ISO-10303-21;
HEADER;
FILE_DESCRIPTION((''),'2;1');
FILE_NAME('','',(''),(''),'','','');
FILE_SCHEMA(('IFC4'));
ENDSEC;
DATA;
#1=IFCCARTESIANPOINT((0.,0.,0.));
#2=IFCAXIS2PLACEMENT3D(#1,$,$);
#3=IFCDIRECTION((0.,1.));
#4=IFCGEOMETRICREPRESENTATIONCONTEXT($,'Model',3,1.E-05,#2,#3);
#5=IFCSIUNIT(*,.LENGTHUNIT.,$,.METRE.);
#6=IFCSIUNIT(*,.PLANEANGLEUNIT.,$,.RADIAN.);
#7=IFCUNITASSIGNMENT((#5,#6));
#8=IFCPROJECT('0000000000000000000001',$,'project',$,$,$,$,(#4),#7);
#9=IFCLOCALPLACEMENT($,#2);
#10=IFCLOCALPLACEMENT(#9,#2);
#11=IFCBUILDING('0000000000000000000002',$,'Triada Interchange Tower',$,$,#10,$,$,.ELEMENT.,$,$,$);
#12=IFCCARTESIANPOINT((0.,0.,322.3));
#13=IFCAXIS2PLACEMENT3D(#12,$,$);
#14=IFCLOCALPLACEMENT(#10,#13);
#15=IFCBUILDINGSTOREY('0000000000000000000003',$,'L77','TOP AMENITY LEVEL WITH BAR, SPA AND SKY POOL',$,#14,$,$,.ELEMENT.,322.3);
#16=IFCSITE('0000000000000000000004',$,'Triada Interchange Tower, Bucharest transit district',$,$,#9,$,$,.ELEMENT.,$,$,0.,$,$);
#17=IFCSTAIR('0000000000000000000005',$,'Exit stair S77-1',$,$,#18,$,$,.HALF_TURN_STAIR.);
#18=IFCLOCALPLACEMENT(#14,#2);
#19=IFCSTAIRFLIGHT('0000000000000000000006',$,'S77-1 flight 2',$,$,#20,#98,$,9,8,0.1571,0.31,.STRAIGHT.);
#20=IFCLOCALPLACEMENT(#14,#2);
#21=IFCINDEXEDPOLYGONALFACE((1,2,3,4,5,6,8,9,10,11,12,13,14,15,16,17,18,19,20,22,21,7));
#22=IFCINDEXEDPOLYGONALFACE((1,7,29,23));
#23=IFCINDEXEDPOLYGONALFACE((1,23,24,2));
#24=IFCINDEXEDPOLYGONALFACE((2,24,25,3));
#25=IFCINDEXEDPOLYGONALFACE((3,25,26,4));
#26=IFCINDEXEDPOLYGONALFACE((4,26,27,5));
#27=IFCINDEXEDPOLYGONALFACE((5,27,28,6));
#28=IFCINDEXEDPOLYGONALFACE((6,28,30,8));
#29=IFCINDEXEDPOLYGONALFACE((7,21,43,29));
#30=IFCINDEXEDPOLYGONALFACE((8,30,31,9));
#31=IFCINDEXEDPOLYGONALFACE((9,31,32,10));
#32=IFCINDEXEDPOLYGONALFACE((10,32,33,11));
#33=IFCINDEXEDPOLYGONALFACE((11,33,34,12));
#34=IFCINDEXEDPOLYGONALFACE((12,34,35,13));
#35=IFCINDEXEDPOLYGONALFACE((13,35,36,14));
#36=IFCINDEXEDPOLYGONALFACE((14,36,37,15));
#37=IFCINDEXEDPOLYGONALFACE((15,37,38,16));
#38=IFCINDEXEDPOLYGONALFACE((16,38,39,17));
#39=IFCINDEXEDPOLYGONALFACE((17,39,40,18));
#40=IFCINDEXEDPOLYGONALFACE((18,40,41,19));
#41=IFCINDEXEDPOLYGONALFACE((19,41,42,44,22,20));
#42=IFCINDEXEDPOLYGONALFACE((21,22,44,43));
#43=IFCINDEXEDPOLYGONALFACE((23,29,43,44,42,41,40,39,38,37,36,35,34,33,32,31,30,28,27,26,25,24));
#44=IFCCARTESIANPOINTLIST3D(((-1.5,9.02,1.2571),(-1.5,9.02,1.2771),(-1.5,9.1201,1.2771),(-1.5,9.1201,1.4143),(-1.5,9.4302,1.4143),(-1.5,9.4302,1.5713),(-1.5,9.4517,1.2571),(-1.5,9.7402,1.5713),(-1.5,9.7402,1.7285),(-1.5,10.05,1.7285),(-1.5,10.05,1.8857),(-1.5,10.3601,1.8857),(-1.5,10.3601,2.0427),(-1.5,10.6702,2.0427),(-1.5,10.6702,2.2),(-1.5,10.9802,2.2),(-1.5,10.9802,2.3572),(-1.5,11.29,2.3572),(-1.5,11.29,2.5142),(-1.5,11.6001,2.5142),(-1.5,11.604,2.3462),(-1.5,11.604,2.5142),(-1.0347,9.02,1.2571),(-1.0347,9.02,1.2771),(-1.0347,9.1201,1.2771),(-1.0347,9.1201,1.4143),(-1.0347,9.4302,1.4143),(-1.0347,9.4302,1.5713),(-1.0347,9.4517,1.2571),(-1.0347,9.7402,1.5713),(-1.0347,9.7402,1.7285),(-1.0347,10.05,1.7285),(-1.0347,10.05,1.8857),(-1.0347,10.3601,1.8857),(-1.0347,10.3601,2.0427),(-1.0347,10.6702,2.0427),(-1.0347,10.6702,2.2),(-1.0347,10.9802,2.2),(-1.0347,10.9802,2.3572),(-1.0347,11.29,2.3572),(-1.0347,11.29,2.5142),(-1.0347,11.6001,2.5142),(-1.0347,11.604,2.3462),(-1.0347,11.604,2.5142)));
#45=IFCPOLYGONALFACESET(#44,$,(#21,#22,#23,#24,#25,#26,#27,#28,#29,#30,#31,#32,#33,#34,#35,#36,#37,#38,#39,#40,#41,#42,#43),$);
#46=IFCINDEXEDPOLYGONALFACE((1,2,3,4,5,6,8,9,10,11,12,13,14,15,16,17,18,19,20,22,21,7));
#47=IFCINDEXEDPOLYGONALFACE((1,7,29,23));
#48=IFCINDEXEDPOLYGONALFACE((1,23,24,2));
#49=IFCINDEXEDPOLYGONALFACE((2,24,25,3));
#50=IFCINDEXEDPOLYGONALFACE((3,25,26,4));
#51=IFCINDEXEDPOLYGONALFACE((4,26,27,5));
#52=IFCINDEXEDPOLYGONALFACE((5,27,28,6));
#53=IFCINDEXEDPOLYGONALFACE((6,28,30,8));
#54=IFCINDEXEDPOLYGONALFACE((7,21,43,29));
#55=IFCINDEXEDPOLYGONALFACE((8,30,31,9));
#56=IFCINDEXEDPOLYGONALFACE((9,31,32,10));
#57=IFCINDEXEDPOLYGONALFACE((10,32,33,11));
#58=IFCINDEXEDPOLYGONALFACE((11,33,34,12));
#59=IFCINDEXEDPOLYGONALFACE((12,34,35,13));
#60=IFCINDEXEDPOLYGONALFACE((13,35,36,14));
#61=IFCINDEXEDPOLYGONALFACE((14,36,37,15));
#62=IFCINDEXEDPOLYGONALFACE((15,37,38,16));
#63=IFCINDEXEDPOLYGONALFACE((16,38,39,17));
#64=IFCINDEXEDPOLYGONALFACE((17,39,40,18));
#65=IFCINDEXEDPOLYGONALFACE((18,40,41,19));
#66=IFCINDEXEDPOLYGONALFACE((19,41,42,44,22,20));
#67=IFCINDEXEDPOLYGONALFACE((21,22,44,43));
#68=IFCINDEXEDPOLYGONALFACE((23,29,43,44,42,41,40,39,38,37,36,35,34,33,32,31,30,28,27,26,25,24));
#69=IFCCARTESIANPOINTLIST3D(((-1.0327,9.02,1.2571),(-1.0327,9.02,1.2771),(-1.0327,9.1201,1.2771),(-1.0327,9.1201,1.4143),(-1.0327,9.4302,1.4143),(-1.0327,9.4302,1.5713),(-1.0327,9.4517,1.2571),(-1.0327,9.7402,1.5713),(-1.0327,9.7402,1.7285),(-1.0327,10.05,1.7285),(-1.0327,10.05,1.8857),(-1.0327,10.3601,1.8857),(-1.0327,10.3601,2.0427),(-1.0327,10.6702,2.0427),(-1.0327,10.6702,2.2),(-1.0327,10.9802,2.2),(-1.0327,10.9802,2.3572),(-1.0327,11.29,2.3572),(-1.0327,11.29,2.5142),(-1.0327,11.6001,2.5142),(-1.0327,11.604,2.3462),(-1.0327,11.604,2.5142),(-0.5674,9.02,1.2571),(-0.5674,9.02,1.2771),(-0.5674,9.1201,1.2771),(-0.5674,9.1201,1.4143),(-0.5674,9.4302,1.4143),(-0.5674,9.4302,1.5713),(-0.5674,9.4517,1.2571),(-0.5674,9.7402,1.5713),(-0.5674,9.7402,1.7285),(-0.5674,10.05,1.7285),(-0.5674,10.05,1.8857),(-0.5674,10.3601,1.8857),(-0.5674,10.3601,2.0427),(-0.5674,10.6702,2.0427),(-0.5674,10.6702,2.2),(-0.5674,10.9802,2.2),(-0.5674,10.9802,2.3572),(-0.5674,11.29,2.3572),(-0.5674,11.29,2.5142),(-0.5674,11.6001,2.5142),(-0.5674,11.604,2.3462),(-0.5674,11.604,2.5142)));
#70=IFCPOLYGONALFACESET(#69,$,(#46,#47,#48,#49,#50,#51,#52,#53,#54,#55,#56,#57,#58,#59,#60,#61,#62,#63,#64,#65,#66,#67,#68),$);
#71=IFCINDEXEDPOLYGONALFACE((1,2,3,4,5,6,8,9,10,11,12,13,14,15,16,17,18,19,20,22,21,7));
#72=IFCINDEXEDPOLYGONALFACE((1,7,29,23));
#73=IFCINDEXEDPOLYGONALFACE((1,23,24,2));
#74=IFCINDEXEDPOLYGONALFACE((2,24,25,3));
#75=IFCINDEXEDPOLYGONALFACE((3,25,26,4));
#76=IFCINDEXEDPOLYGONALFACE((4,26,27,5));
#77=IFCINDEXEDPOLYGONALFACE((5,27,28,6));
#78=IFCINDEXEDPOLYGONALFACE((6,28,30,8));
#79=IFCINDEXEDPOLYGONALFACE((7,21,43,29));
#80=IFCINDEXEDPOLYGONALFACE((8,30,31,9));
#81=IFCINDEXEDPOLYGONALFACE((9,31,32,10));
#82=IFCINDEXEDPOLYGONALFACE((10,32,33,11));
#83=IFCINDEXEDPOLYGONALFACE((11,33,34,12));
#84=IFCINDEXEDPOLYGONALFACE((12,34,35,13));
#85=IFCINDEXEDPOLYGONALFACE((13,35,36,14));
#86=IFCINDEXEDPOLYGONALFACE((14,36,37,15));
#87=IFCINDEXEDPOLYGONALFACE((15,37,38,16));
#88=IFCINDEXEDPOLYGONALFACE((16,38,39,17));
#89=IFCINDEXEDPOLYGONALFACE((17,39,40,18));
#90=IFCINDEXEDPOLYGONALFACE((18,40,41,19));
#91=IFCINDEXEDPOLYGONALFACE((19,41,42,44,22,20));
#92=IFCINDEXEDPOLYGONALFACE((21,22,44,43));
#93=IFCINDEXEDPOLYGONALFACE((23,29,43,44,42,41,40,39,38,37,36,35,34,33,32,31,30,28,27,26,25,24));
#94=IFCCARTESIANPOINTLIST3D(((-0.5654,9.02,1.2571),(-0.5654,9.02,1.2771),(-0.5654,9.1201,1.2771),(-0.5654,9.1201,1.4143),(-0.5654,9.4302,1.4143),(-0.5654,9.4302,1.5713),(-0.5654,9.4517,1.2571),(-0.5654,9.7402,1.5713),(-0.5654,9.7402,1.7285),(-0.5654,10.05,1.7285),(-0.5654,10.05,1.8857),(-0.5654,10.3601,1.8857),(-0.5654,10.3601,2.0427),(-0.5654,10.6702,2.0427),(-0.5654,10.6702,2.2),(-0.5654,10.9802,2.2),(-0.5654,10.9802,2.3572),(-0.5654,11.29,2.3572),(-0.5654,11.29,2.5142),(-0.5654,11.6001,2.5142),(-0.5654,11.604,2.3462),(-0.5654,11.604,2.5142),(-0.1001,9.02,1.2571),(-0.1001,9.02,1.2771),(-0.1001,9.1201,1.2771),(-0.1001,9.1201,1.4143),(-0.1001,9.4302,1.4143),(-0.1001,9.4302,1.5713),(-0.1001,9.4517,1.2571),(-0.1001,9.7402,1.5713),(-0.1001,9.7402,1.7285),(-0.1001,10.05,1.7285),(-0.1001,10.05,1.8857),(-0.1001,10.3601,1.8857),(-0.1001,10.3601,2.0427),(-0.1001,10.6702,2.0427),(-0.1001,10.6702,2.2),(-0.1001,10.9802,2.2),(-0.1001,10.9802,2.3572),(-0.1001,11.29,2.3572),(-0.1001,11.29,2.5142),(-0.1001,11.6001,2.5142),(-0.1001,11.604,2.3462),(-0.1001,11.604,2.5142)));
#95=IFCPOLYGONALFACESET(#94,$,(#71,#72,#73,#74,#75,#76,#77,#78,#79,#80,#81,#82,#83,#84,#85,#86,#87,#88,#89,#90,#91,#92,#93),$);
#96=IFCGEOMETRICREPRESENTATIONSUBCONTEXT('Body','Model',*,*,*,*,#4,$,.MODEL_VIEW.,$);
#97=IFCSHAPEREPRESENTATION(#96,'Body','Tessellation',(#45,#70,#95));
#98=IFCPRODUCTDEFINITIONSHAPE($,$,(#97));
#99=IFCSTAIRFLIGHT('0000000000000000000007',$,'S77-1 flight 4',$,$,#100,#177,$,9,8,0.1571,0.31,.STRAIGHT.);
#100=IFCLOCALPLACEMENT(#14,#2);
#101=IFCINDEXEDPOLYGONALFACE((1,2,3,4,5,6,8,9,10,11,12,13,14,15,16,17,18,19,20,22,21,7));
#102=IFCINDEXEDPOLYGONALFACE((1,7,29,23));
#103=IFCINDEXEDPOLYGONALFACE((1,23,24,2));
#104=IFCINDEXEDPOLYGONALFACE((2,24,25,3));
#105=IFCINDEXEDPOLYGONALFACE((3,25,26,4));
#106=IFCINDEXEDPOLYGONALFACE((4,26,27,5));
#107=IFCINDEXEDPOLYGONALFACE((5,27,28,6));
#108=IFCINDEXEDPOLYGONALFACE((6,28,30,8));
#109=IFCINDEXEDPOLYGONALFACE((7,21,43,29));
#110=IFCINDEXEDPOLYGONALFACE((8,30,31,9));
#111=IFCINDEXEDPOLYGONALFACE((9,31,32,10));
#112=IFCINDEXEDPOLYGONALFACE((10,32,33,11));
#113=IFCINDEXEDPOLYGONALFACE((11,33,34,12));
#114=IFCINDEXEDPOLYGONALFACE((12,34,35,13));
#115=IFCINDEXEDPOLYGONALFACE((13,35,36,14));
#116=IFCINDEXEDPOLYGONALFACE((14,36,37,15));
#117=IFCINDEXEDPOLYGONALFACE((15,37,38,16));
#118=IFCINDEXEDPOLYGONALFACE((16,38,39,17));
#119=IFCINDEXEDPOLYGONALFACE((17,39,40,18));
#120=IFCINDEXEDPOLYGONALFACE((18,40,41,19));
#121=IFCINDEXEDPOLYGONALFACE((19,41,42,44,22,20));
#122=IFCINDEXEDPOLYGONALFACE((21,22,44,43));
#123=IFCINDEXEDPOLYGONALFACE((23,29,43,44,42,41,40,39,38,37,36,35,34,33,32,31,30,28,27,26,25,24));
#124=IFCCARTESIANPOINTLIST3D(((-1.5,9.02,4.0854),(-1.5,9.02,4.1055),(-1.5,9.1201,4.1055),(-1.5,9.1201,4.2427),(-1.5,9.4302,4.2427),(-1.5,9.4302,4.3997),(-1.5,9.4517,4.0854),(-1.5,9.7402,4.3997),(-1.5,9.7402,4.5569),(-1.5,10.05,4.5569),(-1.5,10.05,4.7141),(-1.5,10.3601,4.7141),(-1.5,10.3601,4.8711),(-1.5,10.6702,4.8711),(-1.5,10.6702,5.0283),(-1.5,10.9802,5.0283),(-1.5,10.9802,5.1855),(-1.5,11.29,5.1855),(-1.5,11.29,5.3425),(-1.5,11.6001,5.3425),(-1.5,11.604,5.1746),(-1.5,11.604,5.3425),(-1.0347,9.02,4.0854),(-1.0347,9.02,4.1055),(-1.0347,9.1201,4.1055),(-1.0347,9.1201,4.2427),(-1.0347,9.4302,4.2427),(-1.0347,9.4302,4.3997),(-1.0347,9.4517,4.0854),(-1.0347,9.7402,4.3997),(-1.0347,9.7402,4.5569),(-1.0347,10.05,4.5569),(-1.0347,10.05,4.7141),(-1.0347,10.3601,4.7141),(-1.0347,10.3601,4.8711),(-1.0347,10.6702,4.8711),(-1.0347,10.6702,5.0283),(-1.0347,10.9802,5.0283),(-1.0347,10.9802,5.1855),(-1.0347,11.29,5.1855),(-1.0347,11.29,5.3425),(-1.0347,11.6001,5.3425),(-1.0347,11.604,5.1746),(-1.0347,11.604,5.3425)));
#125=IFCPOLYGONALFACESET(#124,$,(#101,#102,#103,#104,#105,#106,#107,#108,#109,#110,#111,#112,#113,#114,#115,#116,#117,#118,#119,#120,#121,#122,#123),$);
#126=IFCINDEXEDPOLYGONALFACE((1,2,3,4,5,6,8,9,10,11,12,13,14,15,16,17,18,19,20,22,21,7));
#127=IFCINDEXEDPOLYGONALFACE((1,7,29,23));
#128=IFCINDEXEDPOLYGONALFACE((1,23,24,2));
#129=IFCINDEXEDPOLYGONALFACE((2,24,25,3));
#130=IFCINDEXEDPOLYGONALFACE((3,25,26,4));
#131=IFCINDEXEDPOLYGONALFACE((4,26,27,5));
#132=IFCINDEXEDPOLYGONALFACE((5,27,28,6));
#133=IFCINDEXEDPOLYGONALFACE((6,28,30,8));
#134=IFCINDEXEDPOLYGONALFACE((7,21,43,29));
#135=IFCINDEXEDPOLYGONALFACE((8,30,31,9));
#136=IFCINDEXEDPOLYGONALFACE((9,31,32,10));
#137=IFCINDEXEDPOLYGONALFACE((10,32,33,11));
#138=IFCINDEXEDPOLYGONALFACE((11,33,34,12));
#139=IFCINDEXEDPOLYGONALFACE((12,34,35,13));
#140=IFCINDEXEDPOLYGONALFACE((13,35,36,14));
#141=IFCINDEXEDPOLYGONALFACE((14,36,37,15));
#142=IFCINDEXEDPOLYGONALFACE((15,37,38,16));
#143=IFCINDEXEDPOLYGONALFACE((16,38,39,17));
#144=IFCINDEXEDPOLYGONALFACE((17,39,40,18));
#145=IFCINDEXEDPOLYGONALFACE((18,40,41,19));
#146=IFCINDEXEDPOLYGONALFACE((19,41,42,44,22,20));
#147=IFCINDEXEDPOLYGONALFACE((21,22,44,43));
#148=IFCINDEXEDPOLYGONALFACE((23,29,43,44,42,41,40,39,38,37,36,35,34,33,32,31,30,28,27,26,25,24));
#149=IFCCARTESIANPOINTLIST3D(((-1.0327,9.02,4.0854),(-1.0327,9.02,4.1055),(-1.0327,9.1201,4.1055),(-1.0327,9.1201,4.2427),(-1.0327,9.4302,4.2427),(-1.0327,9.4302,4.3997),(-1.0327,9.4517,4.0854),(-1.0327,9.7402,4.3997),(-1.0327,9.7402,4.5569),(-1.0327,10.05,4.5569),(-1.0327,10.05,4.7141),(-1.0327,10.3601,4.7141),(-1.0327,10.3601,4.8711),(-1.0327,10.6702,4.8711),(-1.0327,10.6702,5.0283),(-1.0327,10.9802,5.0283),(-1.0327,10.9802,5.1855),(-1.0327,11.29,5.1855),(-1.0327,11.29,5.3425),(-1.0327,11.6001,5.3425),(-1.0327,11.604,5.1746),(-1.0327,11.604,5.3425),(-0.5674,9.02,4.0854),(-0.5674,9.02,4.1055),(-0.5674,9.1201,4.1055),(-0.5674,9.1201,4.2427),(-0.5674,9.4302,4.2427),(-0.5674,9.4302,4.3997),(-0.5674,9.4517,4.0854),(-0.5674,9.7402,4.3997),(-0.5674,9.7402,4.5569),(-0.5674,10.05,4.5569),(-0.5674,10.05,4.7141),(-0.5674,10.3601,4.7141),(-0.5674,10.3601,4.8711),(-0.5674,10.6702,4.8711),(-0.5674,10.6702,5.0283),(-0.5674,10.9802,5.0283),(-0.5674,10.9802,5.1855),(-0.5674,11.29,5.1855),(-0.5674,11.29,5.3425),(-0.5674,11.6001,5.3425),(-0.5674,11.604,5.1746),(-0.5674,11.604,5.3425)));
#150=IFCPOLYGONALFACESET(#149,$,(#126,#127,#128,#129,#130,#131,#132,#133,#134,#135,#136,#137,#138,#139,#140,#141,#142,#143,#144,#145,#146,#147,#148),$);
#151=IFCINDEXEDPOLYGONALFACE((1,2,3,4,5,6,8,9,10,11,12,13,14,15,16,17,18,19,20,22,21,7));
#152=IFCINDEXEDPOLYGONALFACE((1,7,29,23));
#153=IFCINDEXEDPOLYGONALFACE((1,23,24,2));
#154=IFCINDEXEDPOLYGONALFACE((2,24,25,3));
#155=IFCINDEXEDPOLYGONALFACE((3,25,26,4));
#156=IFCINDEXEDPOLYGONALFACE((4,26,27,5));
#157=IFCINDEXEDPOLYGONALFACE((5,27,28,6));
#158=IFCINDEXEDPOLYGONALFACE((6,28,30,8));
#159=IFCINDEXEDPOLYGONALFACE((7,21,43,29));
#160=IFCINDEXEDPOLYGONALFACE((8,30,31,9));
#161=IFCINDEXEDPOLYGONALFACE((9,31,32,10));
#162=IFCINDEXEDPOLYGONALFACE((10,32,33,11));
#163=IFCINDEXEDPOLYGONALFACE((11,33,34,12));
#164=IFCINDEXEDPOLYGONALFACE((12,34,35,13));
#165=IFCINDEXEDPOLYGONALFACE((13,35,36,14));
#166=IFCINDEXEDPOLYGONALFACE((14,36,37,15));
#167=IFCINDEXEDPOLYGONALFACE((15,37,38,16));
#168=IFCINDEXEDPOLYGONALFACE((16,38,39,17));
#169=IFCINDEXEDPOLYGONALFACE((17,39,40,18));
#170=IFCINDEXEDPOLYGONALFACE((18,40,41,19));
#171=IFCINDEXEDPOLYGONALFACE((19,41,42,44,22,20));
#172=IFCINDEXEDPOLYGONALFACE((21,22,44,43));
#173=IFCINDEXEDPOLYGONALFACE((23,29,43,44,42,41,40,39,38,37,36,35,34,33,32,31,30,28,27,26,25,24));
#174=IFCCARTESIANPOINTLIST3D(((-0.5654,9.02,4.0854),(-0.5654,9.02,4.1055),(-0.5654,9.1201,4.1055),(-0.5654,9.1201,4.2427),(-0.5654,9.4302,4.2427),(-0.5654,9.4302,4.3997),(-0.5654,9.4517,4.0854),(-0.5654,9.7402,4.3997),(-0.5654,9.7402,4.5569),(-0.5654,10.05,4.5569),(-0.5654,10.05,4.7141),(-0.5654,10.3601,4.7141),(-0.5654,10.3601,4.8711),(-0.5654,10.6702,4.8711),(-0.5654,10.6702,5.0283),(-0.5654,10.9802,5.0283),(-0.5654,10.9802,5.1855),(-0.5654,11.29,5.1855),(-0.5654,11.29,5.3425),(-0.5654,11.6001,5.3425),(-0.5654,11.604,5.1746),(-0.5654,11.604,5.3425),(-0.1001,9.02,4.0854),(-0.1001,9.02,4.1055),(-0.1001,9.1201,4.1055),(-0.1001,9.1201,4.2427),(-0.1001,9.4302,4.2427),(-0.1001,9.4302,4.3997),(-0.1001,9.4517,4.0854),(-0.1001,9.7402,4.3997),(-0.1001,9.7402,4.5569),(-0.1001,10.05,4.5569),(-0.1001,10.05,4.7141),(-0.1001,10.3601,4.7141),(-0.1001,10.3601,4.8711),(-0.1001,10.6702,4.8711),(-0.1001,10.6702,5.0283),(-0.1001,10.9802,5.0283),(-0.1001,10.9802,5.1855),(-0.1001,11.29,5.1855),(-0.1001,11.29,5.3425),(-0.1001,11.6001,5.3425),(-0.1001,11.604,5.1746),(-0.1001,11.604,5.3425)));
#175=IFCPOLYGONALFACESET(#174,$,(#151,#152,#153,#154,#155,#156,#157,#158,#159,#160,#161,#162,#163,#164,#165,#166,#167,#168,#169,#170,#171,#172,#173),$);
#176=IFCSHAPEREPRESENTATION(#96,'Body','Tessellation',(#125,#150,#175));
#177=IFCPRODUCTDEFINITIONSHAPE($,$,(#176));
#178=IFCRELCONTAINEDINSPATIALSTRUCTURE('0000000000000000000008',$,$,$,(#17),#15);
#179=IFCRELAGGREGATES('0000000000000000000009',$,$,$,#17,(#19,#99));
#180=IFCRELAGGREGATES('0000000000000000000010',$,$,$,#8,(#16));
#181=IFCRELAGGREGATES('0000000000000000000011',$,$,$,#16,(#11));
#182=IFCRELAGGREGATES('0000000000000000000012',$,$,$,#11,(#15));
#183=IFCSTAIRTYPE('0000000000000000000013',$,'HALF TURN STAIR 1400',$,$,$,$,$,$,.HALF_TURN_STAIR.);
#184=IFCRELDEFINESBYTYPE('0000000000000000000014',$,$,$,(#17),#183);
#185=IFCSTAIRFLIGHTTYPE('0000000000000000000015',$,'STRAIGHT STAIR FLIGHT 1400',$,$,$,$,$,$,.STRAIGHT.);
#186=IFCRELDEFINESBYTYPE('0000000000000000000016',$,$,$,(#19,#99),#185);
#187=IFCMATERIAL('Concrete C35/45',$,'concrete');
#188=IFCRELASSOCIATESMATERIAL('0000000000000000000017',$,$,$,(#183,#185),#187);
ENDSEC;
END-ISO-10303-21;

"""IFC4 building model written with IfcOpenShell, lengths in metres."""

from ifc_helpers import new_model, si_unit, direction, frame, origin, place, context, subcontext, project, spatial, polyline, outline, extrude, material, type_object, element, aggregate, save


model = new_model("IFC4")

# Units and contexts
model_context = context("Model", 3, precision=1e-05, world=origin(), true_north=direction((0.0, 1.0)))
body_context = subcontext(model_context, "Body", "Model", "MODEL_VIEW")
ifc_project = project(units=[si_unit("LENGTHUNIT", "METRE"), si_unit("PLANEANGLEUNIT", "RADIAN")], contexts=[model_context])

# Site, building, storey
site_placement = place(None, origin())
site = spatial("IfcSite", under=ifc_project, at=site_placement, Name="Triada Interchange Tower, Bucharest transit district", CompositionType="ELEMENT", RefElevation=0.0)
building_placement = place(site_placement, origin())
building = spatial("IfcBuilding", under=site, at=building_placement, Name="Triada Interchange Tower", CompositionType="ELEMENT")
storey_placement = place(building_placement, frame((0.0, 0.0, 322.3)))
storey = spatial("IfcBuildingStorey", under=building, at=storey_placement, Name="L77", Description="TOP AMENITY LEVEL WITH BAR, SPA AND SKY POOL", CompositionType="ELEMENT", Elevation=322.3)

# Stair, stair flights
ifc_material_1 = material(Name="Concrete C35/45", Category="concrete")
stair_type = type_object("IfcStairType", Name="HALF TURN STAIR 1400", PredefinedType="HALF_TURN_STAIR", material=ifc_material_1)
stair_placement = place(storey_placement, origin())
stair = element("IfcStair", 1, at=stair_placement, inside=storey, type_object=stair_type, Name="Exit stair S77-1", PredefinedType="HALF_TURN_STAIR")
stair_flight_type = type_object("IfcStairFlightType", Name="STRAIGHT STAIR FLIGHT 1400", PredefinedType="STRAIGHT", material=ifc_material_1)
stair_flight_1_placement = place(storey_placement, frame((-0.8, 9.1201, 1.2571), z_axis=(0.0, 0.0, 1.0), x_axis=(0.0, 1.0, 0.0)))
stair_flight_1 = element("IfcStairFlight", 2, at=stair_flight_1_placement, type_object=stair_flight_type, Name="S77-1 flight 2", NumberOfRisers=9, NumberOfTreads=8, PredefinedType="STRAIGHT", RiserHeight=0.1571, TreadLength=0.31, context=body_context, shape_type="SweptSolid", body=[
    extrude(outline(polyline([(-0.1001, 0.0), (-0.1001, 0.02), (0.0, 0.02), (0.0, 0.1572), (0.3101, 0.1572), (0.3101, 0.3142), (0.6201, 0.3142), (0.6201, 0.4714), (0.9299, 0.4714), (0.9299, 0.6287), (1.24, 0.6287), (1.24, 0.7856), (1.55, 0.7856), (1.55, 0.9429), (1.8601, 0.9429), (1.8601, 1.1001), (2.1699, 1.1001), (2.1699, 1.2571), (2.48, 1.2571), (2.4839, 1.2571), (2.4839, 1.4143), (2.4839, 1.0891), (0.3315, 0.0), (-0.1001, 0.0)])), frame((0.0, 0.7, 0.0), z_axis=(0.0, -1.0, 0.0), x_axis=(1.0, 0.0, 0.0)), (0.0, 0.0, 1.0), 0.4653),
    extrude(outline(polyline([(-0.1001, 0.0), (-0.1001, 0.02), (0.0, 0.02), (0.0, 0.1572), (0.3101, 0.1572), (0.3101, 0.3142), (0.6201, 0.3142), (0.6201, 0.4714), (0.9299, 0.4714), (0.9299, 0.6287), (1.24, 0.6287), (1.24, 0.7856), (1.55, 0.7856), (1.55, 0.9429), (1.8601, 0.9429), (1.8601, 1.1001), (2.1699, 1.1001), (2.1699, 1.2571), (2.48, 1.2571), (2.4839, 1.2571), (2.4839, 1.4143), (2.4839, 1.0891), (0.3315, 0.0), (-0.1001, 0.0)])), frame((0.0, 0.2327, 0.0), z_axis=(0.0, -1.0, 0.0), x_axis=(1.0, 0.0, 0.0)), (0.0, 0.0, 1.0), 0.4653),
    extrude(outline(polyline([(-0.1001, 0.0), (-0.1001, 0.02), (0.0, 0.02), (0.0, 0.1572), (0.3101, 0.1572), (0.3101, 0.3142), (0.6201, 0.3142), (0.6201, 0.4714), (0.9299, 0.4714), (0.9299, 0.6287), (1.24, 0.6287), (1.24, 0.7856), (1.55, 0.7856), (1.55, 0.9429), (1.8601, 0.9429), (1.8601, 1.1001), (2.1699, 1.1001), (2.1699, 1.2571), (2.48, 1.2571), (2.4839, 1.2571), (2.4839, 1.4143), (2.4839, 1.0891), (0.3315, 0.0), (-0.1001, 0.0)])), frame((0.0, -0.2346, 0.0), z_axis=(0.0, -1.0, 0.0), x_axis=(1.0, 0.0, 0.0)), (0.0, 0.0, 1.0), 0.4653),
])
stair_flight_2_placement = place(storey_placement, frame((-0.8, 9.1201, 4.0854), z_axis=(0.0, 0.0, 1.0), x_axis=(0.0, 1.0, 0.0)))
stair_flight_2 = element("IfcStairFlight", 3, at=stair_flight_2_placement, type_object=stair_flight_type, Name="S77-1 flight 4", NumberOfRisers=9, NumberOfTreads=8, PredefinedType="STRAIGHT", RiserHeight=0.1571, TreadLength=0.31, context=body_context, shape_type="SweptSolid", body=[
    extrude(outline(polyline([(-0.1001, 0.0), (-0.1001, 0.02), (0.0, 0.02), (0.0, 0.1572), (0.3101, 0.1572), (0.3101, 0.3142), (0.6201, 0.3142), (0.6201, 0.4714), (0.9299, 0.4714), (0.9299, 0.6287), (1.24, 0.6287), (1.24, 0.7856), (1.55, 0.7856), (1.55, 0.9429), (1.8601, 0.9429), (1.8601, 1.1001), (2.1699, 1.1001), (2.1699, 1.2571), (2.48, 1.2571), (2.4839, 1.2571), (2.4839, 1.4143), (2.4839, 1.0891), (0.3315, 0.0), (-0.1001, 0.0)])), frame((0.0, 0.7, 0.0), z_axis=(0.0, -1.0, 0.0), x_axis=(1.0, 0.0, 0.0)), (0.0, 0.0, 1.0), 0.4653),
    extrude(outline(polyline([(-0.1001, 0.0), (-0.1001, 0.02), (0.0, 0.02), (0.0, 0.1572), (0.3101, 0.1572), (0.3101, 0.3142), (0.6201, 0.3142), (0.6201, 0.4714), (0.9299, 0.4714), (0.9299, 0.6287), (1.24, 0.6287), (1.24, 0.7856), (1.55, 0.7856), (1.55, 0.9429), (1.8601, 0.9429), (1.8601, 1.1001), (2.1699, 1.1001), (2.1699, 1.2571), (2.48, 1.2571), (2.4839, 1.2571), (2.4839, 1.4143), (2.4839, 1.0891), (0.3315, 0.0), (-0.1001, 0.0)])), frame((0.0, 0.2327, 0.0), z_axis=(0.0, -1.0, 0.0), x_axis=(1.0, 0.0, 0.0)), (0.0, 0.0, 1.0), 0.4653),
    extrude(outline(polyline([(-0.1001, 0.0), (-0.1001, 0.02), (0.0, 0.02), (0.0, 0.1572), (0.3101, 0.1572), (0.3101, 0.3142), (0.6201, 0.3142), (0.6201, 0.4714), (0.9299, 0.4714), (0.9299, 0.6287), (1.24, 0.6287), (1.24, 0.7856), (1.55, 0.7856), (1.55, 0.9429), (1.8601, 0.9429), (1.8601, 1.1001), (2.1699, 1.1001), (2.1699, 1.2571), (2.48, 1.2571), (2.4839, 1.2571), (2.4839, 1.4143), (2.4839, 1.0891), (0.3315, 0.0), (-0.1001, 0.0)])), frame((0.0, -0.2346, 0.0), z_axis=(0.0, -1.0, 0.0), x_axis=(1.0, 0.0, 0.0)), (0.0, 0.0, 1.0), 0.4653),
])
aggregate(stair, [stair_flight_1, stair_flight_2])

save(model, "model.ifc")
